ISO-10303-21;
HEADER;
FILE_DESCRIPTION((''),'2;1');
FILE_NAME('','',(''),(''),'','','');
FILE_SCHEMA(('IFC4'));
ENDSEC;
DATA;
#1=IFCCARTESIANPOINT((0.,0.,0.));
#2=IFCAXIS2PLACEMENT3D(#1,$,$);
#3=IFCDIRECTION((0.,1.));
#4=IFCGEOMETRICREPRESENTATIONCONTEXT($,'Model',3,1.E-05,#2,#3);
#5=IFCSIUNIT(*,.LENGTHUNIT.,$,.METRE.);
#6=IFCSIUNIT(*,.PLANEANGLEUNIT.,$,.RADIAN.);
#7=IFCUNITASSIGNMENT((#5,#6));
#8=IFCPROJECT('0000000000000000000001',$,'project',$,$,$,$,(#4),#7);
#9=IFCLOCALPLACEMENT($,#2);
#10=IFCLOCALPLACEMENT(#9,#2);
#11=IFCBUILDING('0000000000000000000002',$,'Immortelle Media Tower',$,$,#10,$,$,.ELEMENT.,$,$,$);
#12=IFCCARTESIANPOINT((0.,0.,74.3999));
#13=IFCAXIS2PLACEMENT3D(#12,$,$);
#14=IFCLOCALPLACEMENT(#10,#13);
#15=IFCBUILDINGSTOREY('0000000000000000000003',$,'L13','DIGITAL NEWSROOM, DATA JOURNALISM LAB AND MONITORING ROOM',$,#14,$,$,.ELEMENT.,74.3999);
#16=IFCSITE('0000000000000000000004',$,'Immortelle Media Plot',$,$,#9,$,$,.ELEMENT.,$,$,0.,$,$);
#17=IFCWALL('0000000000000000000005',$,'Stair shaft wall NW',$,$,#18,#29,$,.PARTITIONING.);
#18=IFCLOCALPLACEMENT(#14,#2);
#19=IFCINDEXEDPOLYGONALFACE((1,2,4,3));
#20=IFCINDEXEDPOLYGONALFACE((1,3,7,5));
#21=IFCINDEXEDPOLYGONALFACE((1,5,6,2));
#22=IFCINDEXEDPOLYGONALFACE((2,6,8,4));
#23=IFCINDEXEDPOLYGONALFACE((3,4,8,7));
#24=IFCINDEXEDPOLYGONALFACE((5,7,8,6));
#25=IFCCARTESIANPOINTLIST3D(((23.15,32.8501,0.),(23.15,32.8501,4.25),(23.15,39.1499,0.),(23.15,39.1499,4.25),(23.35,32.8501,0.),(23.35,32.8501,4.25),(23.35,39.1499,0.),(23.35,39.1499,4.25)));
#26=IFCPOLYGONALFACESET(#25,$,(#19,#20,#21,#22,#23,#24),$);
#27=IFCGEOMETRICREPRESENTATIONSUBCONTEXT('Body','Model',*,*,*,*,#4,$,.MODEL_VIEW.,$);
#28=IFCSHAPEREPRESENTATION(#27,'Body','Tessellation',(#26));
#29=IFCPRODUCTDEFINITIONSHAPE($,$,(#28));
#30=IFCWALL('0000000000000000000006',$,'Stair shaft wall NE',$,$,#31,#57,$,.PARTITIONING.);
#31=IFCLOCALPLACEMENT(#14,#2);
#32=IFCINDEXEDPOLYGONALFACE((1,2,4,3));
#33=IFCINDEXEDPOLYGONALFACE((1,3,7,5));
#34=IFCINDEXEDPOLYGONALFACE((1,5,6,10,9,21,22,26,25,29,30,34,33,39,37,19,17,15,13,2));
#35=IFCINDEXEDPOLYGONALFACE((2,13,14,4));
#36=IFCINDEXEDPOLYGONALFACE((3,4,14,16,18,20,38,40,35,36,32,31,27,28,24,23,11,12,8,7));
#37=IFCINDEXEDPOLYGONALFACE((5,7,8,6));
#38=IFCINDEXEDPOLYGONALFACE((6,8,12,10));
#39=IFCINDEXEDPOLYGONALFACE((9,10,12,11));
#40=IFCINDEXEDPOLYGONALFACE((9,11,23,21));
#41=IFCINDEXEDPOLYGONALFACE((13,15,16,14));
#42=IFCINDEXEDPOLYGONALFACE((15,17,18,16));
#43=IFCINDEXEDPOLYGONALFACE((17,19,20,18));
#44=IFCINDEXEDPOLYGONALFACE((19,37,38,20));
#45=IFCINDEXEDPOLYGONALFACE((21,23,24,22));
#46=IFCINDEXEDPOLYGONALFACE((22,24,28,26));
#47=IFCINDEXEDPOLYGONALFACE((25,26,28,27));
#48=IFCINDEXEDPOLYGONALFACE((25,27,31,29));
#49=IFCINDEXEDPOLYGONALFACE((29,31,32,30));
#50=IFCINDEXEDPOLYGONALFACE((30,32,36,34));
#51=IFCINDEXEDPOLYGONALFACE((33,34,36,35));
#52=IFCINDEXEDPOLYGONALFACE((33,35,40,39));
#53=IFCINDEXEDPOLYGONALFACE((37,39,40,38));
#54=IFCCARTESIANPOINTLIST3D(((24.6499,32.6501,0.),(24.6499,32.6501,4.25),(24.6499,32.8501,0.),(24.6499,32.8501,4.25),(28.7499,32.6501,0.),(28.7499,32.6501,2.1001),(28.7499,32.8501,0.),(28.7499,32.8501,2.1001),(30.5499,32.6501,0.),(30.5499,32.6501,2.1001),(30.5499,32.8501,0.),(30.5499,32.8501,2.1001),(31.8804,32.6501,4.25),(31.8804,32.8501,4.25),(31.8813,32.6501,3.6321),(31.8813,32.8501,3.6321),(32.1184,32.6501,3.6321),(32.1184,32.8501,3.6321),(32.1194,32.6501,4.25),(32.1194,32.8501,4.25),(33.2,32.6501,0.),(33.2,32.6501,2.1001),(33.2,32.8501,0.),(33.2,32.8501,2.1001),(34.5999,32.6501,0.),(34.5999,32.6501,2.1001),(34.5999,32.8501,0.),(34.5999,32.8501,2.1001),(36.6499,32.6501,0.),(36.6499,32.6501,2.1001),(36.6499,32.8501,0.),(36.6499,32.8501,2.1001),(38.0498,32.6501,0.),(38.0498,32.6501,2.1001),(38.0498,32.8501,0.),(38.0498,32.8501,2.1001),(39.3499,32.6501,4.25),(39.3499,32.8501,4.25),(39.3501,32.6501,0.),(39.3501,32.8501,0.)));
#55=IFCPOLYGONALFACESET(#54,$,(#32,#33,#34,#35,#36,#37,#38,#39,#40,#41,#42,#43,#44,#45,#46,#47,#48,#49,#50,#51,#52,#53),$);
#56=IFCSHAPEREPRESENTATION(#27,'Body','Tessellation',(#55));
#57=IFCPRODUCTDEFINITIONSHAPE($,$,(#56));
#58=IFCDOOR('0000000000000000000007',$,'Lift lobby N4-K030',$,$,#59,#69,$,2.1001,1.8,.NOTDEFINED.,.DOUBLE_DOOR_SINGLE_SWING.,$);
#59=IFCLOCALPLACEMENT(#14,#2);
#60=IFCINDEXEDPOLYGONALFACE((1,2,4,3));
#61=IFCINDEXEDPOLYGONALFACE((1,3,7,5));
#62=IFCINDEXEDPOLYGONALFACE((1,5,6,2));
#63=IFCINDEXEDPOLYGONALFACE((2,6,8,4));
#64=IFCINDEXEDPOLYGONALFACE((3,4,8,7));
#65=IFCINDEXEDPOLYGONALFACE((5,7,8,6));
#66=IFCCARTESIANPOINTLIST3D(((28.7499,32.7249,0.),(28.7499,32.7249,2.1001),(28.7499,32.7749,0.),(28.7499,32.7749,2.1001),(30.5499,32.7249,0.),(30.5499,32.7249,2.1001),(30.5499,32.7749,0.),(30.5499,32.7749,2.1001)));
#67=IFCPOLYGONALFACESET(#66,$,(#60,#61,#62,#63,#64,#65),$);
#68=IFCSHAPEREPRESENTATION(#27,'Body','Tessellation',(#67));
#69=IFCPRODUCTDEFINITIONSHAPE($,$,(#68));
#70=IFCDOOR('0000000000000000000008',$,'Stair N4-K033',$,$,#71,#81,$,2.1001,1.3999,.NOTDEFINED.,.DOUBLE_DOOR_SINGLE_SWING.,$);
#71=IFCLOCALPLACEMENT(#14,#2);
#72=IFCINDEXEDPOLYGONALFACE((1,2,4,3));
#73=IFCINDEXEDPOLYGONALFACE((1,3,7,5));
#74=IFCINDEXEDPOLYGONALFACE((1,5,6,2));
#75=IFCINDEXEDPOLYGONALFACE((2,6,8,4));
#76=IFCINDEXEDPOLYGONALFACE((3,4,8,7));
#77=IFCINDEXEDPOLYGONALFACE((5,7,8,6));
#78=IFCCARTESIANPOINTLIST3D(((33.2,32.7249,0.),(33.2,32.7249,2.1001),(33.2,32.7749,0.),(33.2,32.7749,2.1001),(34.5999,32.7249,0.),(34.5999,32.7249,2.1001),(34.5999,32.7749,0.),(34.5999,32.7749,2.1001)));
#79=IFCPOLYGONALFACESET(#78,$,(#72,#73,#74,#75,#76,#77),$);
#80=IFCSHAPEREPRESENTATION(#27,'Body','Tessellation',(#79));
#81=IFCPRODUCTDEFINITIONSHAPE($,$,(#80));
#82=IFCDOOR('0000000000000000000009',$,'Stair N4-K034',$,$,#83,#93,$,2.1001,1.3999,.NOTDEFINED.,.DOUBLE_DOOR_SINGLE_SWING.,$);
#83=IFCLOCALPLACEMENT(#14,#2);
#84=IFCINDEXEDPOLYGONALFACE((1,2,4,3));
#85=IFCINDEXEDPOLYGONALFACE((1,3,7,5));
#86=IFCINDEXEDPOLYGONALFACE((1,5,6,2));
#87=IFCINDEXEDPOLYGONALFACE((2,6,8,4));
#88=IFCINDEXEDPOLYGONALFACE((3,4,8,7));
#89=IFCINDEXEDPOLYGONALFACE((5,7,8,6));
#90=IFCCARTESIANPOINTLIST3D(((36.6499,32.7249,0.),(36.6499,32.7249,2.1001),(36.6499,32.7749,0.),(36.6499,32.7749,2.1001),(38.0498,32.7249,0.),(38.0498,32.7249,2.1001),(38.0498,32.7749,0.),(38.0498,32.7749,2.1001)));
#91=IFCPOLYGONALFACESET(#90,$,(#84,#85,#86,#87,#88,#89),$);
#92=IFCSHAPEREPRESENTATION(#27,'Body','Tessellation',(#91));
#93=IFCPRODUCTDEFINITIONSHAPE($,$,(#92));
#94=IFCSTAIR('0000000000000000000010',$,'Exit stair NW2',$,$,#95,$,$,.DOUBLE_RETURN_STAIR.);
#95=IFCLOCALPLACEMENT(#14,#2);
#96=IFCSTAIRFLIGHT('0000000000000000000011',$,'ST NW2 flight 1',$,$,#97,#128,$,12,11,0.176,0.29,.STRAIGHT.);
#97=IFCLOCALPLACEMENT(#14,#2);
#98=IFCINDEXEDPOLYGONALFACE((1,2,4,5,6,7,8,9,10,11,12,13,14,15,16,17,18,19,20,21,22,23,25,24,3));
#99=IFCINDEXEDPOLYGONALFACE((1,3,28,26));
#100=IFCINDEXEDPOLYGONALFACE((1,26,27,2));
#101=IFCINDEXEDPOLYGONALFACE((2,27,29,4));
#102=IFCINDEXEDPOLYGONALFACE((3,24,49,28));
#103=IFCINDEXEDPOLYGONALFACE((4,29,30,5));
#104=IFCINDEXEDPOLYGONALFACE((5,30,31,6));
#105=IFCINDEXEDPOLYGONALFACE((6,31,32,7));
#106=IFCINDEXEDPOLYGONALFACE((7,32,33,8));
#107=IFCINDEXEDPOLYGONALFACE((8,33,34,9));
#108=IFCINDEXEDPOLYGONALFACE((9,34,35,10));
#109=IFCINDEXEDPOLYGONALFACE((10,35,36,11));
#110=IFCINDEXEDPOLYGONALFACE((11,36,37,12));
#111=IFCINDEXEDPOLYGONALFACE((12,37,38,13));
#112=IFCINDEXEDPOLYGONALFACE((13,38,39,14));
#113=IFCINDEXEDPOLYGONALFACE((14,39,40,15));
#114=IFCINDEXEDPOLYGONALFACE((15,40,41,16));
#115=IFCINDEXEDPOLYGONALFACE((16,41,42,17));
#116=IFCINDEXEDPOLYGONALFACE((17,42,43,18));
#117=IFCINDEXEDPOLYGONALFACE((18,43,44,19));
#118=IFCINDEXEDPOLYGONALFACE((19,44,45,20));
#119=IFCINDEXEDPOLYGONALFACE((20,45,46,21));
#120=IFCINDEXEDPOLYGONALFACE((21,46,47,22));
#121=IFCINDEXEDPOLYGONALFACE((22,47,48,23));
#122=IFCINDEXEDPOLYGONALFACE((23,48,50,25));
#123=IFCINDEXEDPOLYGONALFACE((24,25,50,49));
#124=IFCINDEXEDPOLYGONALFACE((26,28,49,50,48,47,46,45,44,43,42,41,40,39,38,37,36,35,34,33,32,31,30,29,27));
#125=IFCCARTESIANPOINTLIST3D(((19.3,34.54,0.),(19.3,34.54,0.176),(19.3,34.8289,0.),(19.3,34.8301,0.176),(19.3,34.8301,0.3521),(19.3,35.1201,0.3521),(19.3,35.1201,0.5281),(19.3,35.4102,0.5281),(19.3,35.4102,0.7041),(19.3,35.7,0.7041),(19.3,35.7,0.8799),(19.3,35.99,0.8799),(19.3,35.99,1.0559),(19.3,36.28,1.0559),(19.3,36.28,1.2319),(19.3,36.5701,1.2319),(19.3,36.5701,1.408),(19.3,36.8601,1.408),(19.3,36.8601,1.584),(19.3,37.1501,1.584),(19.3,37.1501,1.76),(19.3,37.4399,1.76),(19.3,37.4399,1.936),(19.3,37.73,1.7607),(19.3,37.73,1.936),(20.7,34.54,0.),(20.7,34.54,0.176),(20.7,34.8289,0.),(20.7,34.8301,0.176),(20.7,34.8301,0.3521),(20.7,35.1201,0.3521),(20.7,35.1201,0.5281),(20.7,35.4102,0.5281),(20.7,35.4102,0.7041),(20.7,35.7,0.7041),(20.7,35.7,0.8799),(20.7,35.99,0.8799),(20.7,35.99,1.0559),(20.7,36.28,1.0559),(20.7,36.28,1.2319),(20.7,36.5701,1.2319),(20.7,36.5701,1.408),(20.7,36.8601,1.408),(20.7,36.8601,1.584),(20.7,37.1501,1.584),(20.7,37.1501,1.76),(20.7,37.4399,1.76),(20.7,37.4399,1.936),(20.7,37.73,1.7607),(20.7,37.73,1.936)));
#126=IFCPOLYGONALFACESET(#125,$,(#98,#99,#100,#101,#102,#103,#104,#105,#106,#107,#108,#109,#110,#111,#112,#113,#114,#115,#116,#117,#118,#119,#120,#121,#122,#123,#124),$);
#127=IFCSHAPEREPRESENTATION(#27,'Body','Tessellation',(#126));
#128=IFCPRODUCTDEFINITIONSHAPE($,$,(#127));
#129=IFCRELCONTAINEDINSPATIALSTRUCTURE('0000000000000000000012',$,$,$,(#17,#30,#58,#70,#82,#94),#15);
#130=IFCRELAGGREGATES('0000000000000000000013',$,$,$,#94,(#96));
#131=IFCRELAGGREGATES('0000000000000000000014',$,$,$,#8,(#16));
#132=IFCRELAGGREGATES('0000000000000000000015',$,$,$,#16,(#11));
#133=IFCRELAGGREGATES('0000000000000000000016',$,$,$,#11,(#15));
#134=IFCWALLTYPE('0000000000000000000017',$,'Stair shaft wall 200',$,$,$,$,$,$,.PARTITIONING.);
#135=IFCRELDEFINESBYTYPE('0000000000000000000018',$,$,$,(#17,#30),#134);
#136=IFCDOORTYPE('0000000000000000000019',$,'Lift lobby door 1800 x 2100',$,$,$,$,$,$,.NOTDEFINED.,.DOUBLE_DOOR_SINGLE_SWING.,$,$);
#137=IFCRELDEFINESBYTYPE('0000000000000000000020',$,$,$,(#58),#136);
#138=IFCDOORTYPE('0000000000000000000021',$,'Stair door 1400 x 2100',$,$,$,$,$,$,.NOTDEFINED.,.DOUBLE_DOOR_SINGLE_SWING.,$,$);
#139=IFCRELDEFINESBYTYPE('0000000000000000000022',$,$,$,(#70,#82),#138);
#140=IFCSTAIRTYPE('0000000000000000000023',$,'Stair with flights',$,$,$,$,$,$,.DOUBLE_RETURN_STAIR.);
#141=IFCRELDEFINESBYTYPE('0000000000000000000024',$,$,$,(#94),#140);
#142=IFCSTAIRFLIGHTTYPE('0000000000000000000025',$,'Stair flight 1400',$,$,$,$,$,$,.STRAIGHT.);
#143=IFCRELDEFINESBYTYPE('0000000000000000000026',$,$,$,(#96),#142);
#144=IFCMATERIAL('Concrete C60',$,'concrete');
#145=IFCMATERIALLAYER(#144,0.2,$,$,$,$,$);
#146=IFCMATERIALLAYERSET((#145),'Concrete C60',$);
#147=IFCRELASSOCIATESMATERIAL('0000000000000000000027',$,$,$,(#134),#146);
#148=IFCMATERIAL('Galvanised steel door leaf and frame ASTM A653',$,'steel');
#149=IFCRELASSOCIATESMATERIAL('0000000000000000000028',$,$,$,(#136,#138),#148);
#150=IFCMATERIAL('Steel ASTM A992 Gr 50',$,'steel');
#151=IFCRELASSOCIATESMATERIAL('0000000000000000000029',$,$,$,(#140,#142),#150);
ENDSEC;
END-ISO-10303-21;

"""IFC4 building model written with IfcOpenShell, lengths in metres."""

from ifc_helpers import new_model, si_unit, direction, frame, frame_2d, origin, place, context, subcontext, project, spatial, polyline, rectangle, outline, extrude, material, layer, layer_set, type_object, element, fill, aggregate, save


model = new_model("IFC4")

# Units and contexts
model_context = context("Model", 3, precision=1e-05, world=origin(), true_north=direction((0.0, 1.0)))
body_context = subcontext(model_context, "Body", "Model", "MODEL_VIEW")
ifc_project = project(units=[si_unit("LENGTHUNIT", "METRE"), si_unit("PLANEANGLEUNIT", "RADIAN")], contexts=[model_context])

# Site, building, storey
site_placement = place(None, origin())
site = spatial("IfcSite", under=ifc_project, at=site_placement, Name="Immortelle Media Plot", CompositionType="ELEMENT", RefElevation=0.0)
building_placement = place(site_placement, origin())
building = spatial("IfcBuilding", under=site, at=building_placement, Name="Immortelle Media Tower", CompositionType="ELEMENT")
storey_placement = place(building_placement, frame((0.0, 0.0, 74.3999)))
storey = spatial("IfcBuildingStorey", under=building, at=storey_placement, Name="L13", Description="DIGITAL NEWSROOM, DATA JOURNALISM LAB AND MONITORING ROOM", CompositionType="ELEMENT", Elevation=74.3999)

# Shared definitions
ifc_material_1 = material(Name="Steel ASTM A992 Gr 50", Category="steel")

# Wall
ifc_material_2 = material(Name="Concrete C60", Category="concrete")
ifc_layer_1 = layer(ifc_material_2, 0.2)
ifc_layer_set_1 = layer_set([ifc_layer_1], Name="Concrete C60")
wall_type_1 = type_object("IfcWallType", Name="Stair shaft wall 200", PredefinedType="PARTITIONING", material=ifc_layer_set_1)
wall_1_placement = place(storey_placement, frame((23.25, 32.8501, 0.0), z_axis=(0.0, 0.0, 1.0), x_axis=(0.0, 1.0, 0.0)))
element("IfcWall", 1, at=wall_1_placement, inside=storey, type_object=wall_type_1, Name="Stair shaft wall NW", PredefinedType="PARTITIONING", context=body_context, shape_type="SweptSolid", body=[
    extrude(rectangle(XDim=6.2998, YDim=0.2, at=frame_2d((3.1499, 0.0))), origin(), (0.0, 0.0, 1.0), 4.25),
])

# Wall, openings, doors
wall_2_placement = place(storey_placement, frame((24.6499, 32.75, 0.0), z_axis=(0.0, 0.0, 1.0), x_axis=(1.0, 0.0, 0.0)))
wall_2 = element("IfcWall", 2, at=wall_2_placement, inside=storey, type_object=wall_type_1, Name="Stair shaft wall NE", PredefinedType="PARTITIONING", context=body_context, shape_type="SweptSolid", body=[
    extrude(outline(polyline([(0.0, 0.0), (14.7002, 0.0), (14.7, 4.25), (7.4695, 4.25), (7.4685, 3.6321), (7.2314, 3.6321), (7.2305, 4.25), (0.0, 4.25), (0.0, 0.0)])), frame((0.0, 0.1001, 0.0), z_axis=(0.0, -1.0, 0.0), x_axis=(1.0, 0.0, 0.0)), (0.0, 0.0, 1.0), 0.2),
])
opening_1_placement = place(wall_2_placement, frame((4.1001, 0.0, 0.0)))
opening_1 = element("IfcOpeningElement", 3, at=opening_1_placement, cuts=wall_2, PredefinedType="OPENING", context=body_context, shape_type="SweptSolid", body=[
    extrude(rectangle(XDim=1.8, YDim=2.1001, at=frame_2d((0.8999, 1.05))), frame((0.0, 0.1099, 0.0), z_axis=(0.0, -1.0, 0.0), x_axis=(1.0, 0.0, 0.0)), (0.0, 0.0, 1.0), 0.22),
])
opening_2_placement = place(wall_2_placement, frame((8.55, 0.0, 0.0)))
opening_2 = element("IfcOpeningElement", 4, at=opening_2_placement, cuts=wall_2, PredefinedType="OPENING", context=body_context, shape_type="SweptSolid", body=[
    extrude(rectangle(XDim=1.3999, YDim=2.1001, at=frame_2d((0.7, 1.05))), frame((0.0, 0.1099, 0.0), z_axis=(0.0, -1.0, 0.0), x_axis=(1.0, 0.0, 0.0)), (0.0, 0.0, 1.0), 0.22),
])
opening_3_placement = place(wall_2_placement, frame((12.0, 0.0, 0.0)))
opening_3 = element("IfcOpeningElement", 5, at=opening_3_placement, cuts=wall_2, PredefinedType="OPENING", context=body_context, shape_type="SweptSolid", body=[
    extrude(rectangle(XDim=1.3999, YDim=2.1001, at=frame_2d((0.7, 1.05))), frame((0.0, 0.1099, 0.0), z_axis=(0.0, -1.0, 0.0), x_axis=(1.0, 0.0, 0.0)), (0.0, 0.0, 1.0), 0.22),
])
ifc_material_3 = material(Name="Galvanised steel door leaf and frame ASTM A653", Category="steel")
door_type_1 = type_object("IfcDoorType", Name="Lift lobby door 1800 x 2100", OperationType="DOUBLE_DOOR_SINGLE_SWING", PredefinedType="NOTDEFINED", material=ifc_material_3)
door_1_placement = place(opening_1_placement, origin())
door_1 = element("IfcDoor", 6, at=door_1_placement, inside=storey, type_object=door_type_1, Name="Lift lobby N4-K030", OperationType="DOUBLE_DOOR_SINGLE_SWING", OverallHeight=2.1001, OverallWidth=1.8, PredefinedType="NOTDEFINED", context=body_context, shape_type="SweptSolid", body=[
    extrude(rectangle(XDim=1.8, YDim=2.1001, at=frame_2d((0.8999, 1.05))), frame((0.0, 0.0249, 0.0), z_axis=(0.0, -1.0, 0.0), x_axis=(1.0, 0.0, 0.0)), (0.0, 0.0, 1.0), 0.05),
])
fill(opening_1, door_1)
door_type_2 = type_object("IfcDoorType", Name="Stair door 1400 x 2100", OperationType="DOUBLE_DOOR_SINGLE_SWING", PredefinedType="NOTDEFINED", material=ifc_material_3)
door_2_placement = place(opening_2_placement, origin())
door_2 = element("IfcDoor", 7, at=door_2_placement, inside=storey, type_object=door_type_2, Name="Stair N4-K033", OperationType="DOUBLE_DOOR_SINGLE_SWING", OverallHeight=2.1001, OverallWidth=1.3999, PredefinedType="NOTDEFINED", context=body_context, shape_type="SweptSolid", body=[
    extrude(rectangle(XDim=1.3999, YDim=2.1001, at=frame_2d((0.7, 1.05))), frame((0.0, 0.0249, 0.0), z_axis=(0.0, -1.0, 0.0), x_axis=(1.0, 0.0, 0.0)), (0.0, 0.0, 1.0), 0.05),
])
fill(opening_2, door_2)
door_3_placement = place(opening_3_placement, origin())
door_3 = element("IfcDoor", 8, at=door_3_placement, inside=storey, type_object=door_type_2, Name="Stair N4-K034", OperationType="DOUBLE_DOOR_SINGLE_SWING", OverallHeight=2.1001, OverallWidth=1.3999, PredefinedType="NOTDEFINED", context=body_context, shape_type="SweptSolid", body=[
    extrude(rectangle(XDim=1.3999, YDim=2.1001, at=frame_2d((0.7, 1.05))), frame((0.0, 0.0249, 0.0), z_axis=(0.0, -1.0, 0.0), x_axis=(1.0, 0.0, 0.0)), (0.0, 0.0, 1.0), 0.05),
])
fill(opening_3, door_3)

# Stair, stair flight
stair_type = type_object("IfcStairType", Name="Stair with flights", PredefinedType="DOUBLE_RETURN_STAIR", material=ifc_material_1)
stair_placement = place(storey_placement, origin())
stair = element("IfcStair", 9, at=stair_placement, inside=storey, type_object=stair_type, Name="Exit stair NW2", PredefinedType="DOUBLE_RETURN_STAIR")
stair_flight_type = type_object("IfcStairFlightType", Name="Stair flight 1400", PredefinedType="STRAIGHT", material=ifc_material_1)
stair_flight_placement = place(storey_placement, frame((20.0, 34.54, 0.0), z_axis=(0.0, 0.0, 1.0), x_axis=(0.0, 1.0, 0.0)))
stair_flight = element("IfcStairFlight", 10, at=stair_flight_placement, type_object=stair_flight_type, Name="ST NW2 flight 1", NumberOfRisers=12, NumberOfTreads=11, PredefinedType="STRAIGHT", RiserHeight=0.176, TreadLength=0.29, context=body_context, shape_type="SweptSolid", body=[
    extrude(outline(polyline([(0.0, 0.0), (0.0, 0.176), (0.29, 0.176), (0.29, 0.3521), (0.5801, 0.3521), (0.5801, 0.5281), (0.8701, 0.5281), (0.8701, 0.7041), (1.1599, 0.7041), (1.1599, 0.8799), (1.45, 0.8799), (1.45, 1.0559), (1.74, 1.0559), (1.74, 1.2319), (2.03, 1.2319), (2.03, 1.408), (2.3201, 1.408), (2.3201, 1.584), (2.6101, 1.584), (2.6101, 1.76), (2.8999, 1.76), (2.8999, 1.936), (3.1899, 1.936), (3.1899, 2.1121), (3.1899, 1.7607), (0.2888, 0.0), (0.0, 0.0)])), frame((0.0, 0.7, 0.0), z_axis=(0.0, -1.0, 0.0), x_axis=(1.0, 0.0, 0.0)), (0.0, 0.0, 1.0), 1.3999),
])
aggregate(stair, [stair_flight])

save(model, "model.ifc")
